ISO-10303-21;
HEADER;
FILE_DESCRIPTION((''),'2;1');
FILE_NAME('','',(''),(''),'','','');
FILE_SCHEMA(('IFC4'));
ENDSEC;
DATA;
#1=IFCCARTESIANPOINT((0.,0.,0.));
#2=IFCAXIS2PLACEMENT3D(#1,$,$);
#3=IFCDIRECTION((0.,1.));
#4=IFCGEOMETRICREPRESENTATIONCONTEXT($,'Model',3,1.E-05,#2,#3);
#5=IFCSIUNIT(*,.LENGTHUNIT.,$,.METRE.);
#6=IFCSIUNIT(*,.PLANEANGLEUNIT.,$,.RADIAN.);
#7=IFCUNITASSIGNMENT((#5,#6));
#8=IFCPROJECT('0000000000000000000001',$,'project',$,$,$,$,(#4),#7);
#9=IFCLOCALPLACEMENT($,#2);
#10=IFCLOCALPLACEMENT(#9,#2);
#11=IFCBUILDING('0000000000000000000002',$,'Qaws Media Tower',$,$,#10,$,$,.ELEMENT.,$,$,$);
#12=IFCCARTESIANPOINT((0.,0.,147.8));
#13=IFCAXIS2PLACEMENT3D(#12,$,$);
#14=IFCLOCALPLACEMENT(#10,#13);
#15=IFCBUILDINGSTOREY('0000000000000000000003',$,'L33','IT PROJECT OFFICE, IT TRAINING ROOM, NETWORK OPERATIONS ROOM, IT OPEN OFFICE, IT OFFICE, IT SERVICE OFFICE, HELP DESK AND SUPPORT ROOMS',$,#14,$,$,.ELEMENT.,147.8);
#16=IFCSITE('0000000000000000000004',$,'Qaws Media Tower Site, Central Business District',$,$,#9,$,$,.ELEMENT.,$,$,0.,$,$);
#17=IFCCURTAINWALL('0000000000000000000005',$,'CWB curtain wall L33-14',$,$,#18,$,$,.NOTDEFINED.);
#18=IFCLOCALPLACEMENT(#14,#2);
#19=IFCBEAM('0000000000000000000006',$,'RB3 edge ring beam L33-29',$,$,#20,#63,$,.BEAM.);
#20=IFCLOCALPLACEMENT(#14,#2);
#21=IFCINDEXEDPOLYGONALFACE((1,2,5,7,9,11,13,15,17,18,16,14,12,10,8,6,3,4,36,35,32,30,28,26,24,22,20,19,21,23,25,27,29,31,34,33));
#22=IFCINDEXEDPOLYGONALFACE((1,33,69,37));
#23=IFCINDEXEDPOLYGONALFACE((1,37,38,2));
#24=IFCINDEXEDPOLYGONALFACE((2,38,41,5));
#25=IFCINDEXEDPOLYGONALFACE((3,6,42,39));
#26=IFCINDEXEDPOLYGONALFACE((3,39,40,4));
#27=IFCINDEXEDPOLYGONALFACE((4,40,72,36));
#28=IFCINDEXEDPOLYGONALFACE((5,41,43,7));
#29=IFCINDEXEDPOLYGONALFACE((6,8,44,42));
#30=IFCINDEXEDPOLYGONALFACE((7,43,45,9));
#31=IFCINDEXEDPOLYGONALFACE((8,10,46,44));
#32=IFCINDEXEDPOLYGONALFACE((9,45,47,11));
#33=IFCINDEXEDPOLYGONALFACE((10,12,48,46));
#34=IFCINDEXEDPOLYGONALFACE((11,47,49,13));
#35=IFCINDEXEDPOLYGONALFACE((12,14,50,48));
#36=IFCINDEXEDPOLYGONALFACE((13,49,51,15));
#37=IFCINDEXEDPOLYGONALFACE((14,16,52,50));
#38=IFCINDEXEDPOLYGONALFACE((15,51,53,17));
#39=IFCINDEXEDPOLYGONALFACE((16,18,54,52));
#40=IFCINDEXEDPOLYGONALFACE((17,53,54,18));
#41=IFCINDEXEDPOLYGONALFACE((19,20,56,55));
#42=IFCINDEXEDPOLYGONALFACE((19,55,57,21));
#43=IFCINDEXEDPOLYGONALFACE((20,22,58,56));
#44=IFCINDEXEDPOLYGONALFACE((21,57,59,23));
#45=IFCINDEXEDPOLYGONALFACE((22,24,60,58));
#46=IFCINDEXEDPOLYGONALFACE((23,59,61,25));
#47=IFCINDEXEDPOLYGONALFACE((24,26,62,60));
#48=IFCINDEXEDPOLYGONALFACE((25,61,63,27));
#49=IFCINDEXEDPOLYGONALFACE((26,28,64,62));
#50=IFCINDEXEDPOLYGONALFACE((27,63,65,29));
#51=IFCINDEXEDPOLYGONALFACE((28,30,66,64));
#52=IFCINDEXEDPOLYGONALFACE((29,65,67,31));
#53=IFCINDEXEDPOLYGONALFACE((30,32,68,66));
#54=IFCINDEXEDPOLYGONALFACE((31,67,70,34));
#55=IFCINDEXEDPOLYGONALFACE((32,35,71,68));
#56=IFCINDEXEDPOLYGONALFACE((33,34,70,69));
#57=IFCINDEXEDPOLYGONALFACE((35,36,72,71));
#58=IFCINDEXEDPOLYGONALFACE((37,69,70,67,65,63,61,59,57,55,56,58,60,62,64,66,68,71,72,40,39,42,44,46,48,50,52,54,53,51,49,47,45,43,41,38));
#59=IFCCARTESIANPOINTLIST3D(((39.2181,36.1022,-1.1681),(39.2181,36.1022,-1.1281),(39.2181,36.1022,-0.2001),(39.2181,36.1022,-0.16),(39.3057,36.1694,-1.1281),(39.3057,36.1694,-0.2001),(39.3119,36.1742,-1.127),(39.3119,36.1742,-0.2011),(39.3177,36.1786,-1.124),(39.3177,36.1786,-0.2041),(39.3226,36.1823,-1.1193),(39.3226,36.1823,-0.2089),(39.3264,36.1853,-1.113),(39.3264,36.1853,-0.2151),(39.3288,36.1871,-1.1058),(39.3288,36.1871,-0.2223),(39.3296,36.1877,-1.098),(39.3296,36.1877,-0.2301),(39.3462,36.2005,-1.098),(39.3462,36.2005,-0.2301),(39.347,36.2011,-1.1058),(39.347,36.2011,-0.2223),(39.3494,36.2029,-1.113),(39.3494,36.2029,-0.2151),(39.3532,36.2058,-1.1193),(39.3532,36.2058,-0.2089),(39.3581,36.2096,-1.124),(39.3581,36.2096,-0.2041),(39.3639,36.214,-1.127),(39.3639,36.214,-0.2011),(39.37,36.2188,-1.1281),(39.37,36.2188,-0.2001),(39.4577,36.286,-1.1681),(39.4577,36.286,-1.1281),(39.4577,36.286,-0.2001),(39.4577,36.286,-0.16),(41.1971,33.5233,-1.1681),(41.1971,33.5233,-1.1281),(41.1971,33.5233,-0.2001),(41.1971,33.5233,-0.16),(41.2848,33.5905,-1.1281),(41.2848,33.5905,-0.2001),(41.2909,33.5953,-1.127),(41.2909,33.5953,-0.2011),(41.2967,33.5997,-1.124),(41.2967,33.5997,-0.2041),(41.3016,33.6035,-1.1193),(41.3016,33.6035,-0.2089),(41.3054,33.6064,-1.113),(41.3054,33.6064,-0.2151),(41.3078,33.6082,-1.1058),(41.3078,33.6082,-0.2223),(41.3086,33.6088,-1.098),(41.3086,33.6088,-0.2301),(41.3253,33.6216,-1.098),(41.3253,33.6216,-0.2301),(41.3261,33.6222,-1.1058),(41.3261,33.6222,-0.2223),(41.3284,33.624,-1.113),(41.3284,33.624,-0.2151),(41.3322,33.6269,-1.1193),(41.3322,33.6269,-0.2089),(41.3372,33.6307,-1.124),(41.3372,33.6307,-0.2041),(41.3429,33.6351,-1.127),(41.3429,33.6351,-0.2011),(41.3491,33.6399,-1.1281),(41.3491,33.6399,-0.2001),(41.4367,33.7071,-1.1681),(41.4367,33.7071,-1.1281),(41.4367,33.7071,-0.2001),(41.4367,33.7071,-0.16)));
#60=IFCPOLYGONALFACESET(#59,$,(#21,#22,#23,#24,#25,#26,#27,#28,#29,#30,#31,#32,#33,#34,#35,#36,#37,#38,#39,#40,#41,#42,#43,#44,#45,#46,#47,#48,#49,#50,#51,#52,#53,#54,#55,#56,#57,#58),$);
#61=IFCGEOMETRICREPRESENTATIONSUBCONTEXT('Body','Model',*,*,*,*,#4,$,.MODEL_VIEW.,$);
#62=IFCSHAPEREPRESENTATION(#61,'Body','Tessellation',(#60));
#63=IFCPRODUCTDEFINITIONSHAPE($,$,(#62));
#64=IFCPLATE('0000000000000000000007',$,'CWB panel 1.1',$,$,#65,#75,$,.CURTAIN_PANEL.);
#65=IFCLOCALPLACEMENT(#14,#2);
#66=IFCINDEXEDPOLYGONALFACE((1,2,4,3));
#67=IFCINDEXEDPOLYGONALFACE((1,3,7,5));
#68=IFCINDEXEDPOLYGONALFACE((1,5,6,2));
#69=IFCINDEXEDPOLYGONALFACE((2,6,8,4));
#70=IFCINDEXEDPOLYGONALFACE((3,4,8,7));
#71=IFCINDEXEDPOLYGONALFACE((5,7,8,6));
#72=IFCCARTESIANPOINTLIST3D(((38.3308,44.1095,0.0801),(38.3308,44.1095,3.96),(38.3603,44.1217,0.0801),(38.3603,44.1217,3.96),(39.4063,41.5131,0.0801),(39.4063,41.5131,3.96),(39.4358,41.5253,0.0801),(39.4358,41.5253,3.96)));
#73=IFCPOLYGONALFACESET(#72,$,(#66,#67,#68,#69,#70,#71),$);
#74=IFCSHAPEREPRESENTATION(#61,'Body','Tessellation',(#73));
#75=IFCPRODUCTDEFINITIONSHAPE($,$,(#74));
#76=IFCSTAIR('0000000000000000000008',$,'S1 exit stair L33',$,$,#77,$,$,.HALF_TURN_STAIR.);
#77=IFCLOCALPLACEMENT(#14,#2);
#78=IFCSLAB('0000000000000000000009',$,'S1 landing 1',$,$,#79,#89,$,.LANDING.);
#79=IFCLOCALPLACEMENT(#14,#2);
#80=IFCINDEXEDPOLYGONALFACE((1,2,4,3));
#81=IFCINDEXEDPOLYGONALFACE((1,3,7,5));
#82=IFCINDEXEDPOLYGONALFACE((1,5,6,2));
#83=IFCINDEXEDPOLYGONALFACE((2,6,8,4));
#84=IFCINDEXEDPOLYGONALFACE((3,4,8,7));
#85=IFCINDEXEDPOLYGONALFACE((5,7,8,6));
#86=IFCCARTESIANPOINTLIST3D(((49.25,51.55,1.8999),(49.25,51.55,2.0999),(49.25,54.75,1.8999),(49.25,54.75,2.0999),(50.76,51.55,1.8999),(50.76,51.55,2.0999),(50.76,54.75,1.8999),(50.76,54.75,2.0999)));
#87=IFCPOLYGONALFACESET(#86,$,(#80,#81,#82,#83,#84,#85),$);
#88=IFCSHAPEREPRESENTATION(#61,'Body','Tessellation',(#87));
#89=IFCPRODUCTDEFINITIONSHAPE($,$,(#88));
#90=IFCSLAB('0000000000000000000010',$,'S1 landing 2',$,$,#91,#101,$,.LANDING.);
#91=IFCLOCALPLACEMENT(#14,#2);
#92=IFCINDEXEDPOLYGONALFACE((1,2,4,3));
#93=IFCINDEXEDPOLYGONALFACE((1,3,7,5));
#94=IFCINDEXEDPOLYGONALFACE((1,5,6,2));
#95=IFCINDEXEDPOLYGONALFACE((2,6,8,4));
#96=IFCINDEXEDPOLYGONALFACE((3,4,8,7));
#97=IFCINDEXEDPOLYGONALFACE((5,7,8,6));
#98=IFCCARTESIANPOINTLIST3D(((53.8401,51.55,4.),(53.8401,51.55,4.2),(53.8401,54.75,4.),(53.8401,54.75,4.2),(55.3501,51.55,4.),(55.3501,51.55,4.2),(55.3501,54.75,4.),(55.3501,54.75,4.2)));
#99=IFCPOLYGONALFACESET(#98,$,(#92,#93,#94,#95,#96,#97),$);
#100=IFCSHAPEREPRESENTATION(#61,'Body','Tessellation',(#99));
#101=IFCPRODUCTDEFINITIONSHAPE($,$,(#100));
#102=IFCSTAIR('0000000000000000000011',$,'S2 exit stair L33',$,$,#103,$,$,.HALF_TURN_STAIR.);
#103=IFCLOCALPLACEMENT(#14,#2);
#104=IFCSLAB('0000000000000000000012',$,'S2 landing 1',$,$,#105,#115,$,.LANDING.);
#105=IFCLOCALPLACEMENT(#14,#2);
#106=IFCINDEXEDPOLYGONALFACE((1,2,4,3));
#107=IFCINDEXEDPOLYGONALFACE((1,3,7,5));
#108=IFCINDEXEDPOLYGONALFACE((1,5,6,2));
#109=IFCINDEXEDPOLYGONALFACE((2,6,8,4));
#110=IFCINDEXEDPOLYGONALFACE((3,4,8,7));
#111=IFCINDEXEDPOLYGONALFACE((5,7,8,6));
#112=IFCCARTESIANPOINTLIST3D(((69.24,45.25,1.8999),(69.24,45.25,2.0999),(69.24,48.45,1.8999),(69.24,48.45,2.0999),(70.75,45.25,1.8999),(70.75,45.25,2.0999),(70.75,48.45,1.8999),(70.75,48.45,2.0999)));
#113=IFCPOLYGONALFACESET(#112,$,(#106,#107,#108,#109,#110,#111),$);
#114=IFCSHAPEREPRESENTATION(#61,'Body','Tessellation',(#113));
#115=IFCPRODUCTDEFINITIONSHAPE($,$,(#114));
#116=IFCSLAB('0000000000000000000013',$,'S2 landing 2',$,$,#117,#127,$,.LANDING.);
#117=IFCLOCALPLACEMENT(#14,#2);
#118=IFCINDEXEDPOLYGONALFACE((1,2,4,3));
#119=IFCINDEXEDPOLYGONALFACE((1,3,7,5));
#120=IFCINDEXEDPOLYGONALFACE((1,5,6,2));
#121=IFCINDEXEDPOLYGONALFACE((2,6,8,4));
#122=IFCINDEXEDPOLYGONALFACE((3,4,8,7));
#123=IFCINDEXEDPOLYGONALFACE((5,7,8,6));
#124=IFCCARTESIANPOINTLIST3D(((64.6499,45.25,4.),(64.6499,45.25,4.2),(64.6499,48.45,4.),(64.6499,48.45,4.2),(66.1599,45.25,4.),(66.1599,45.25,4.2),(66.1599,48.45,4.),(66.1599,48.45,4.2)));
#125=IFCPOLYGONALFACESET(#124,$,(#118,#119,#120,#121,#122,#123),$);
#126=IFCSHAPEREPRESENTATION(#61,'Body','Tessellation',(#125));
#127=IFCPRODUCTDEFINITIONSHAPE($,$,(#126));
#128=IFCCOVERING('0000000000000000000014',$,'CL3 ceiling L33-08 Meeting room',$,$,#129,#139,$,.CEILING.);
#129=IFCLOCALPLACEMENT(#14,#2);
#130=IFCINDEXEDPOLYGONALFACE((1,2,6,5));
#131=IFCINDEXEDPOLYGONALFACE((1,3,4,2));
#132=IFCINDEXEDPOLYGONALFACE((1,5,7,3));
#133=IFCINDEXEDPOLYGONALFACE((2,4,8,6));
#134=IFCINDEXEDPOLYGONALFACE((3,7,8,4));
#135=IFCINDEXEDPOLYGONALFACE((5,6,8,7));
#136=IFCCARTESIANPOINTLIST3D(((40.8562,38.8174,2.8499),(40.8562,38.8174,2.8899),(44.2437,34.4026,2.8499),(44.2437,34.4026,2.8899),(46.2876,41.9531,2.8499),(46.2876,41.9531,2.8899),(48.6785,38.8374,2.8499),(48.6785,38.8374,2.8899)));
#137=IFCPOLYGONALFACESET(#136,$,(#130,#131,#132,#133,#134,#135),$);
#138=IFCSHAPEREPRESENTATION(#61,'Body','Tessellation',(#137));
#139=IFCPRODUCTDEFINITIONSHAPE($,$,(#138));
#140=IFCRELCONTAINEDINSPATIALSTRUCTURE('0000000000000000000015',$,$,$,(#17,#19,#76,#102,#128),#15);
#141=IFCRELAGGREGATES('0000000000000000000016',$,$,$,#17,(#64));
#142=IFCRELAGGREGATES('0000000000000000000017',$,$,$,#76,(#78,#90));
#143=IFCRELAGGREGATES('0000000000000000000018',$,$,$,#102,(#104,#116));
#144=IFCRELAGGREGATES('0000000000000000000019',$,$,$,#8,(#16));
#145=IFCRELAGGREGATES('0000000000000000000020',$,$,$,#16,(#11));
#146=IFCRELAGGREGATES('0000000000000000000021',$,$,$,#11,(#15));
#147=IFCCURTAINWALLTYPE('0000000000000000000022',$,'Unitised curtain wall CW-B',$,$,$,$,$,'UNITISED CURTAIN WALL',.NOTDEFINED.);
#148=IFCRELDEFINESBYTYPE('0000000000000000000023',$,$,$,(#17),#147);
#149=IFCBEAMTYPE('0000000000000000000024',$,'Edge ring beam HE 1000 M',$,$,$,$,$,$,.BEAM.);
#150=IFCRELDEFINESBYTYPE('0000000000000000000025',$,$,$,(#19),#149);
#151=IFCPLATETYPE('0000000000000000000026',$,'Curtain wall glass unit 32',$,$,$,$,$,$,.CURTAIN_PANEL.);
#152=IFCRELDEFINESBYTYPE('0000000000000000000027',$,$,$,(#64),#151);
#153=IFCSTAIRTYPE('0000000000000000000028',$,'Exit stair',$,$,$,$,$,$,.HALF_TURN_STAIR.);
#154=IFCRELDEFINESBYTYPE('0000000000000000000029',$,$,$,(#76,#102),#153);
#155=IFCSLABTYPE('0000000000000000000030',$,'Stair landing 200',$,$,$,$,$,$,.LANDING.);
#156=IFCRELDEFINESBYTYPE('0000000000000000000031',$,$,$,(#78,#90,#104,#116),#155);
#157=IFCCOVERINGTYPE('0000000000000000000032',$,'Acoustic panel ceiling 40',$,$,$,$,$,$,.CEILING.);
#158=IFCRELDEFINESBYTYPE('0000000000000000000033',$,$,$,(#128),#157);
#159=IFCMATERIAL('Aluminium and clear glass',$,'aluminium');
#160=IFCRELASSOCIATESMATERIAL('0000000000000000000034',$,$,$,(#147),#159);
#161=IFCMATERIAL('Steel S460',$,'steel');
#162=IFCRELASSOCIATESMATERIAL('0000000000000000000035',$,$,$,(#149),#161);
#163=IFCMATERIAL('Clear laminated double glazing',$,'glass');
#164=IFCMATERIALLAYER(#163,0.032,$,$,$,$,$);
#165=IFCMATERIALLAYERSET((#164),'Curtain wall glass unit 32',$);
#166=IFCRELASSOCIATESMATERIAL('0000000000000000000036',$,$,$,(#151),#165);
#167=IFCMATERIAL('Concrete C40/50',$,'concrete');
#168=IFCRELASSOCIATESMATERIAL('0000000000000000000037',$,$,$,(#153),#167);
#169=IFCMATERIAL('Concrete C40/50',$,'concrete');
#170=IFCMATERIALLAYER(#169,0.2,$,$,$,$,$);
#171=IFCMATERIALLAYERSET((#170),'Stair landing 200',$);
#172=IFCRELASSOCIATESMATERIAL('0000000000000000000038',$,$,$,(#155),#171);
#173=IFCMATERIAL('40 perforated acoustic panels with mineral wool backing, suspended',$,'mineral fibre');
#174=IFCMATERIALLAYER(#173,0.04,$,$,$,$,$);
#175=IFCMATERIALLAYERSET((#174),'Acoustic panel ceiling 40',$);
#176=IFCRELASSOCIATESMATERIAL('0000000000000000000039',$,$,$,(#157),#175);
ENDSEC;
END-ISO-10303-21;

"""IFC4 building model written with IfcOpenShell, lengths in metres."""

from ifc_helpers import new_model, si_unit, direction, frame, origin, origin_2d, place, context, subcontext, project, spatial, polyline, rectangle, i_section, outline, extrude, material, layer, layer_set, material_profile, profile_set, type_object, element, aggregate, save


model = new_model("IFC4")

# Units and contexts
model_context = context("Model", 3, precision=1e-05, world=origin(), true_north=direction((0.0, 1.0)))
body_context = subcontext(model_context, "Body", "Model", "MODEL_VIEW")
ifc_project = project(units=[si_unit("LENGTHUNIT", "METRE"), si_unit("PLANEANGLEUNIT", "RADIAN")], contexts=[model_context])

# Site, building, storey
site_placement = place(None, origin())
site = spatial("IfcSite", under=ifc_project, at=site_placement, Name="Qaws Media Tower Site, Central Business District", CompositionType="ELEMENT", RefElevation=0.0)
building_placement = place(site_placement, origin())
building = spatial("IfcBuilding", under=site, at=building_placement, Name="Qaws Media Tower", CompositionType="ELEMENT")
storey_placement = place(building_placement, frame((0.0, 0.0, 147.8)))
storey = spatial("IfcBuildingStorey", under=building, at=storey_placement, Name="L33", Description="IT PROJECT OFFICE, IT TRAINING ROOM, NETWORK OPERATIONS ROOM, IT OPEN OFFICE, IT OFFICE, IT SERVICE OFFICE, HELP DESK AND SUPPORT ROOMS", CompositionType="ELEMENT", Elevation=147.8)

# Curtain wall
ifc_material_1 = material(Name="Aluminium and clear glass", Category="aluminium")
curtain_wall_type = type_object("IfcCurtainWallType", Name="Unitised curtain wall CW-B", ElementType="UNITISED CURTAIN WALL", PredefinedType="NOTDEFINED", material=ifc_material_1)
curtain_wall_placement = place(storey_placement, origin())
curtain_wall = element("IfcCurtainWall", 1, at=curtain_wall_placement, inside=storey, type_object=curtain_wall_type, Name="CWB curtain wall L33-14", PredefinedType="NOTDEFINED")

# Beam
ifc_material_2 = material(Name="Steel S460", Category="steel")
ifc_material_profile_1 = material_profile(ifc_material_2, i_section(OverallWidth=0.302, OverallDepth=1.0081, WebThickness=0.021, FlangeThickness=0.04, FilletRadius=0.03, at=origin_2d()), Name="HE 1000 M")
ifc_profile_set_1 = profile_set([ifc_material_profile_1], Name="Steel S460")
beam_type = type_object("IfcBeamType", Name="Edge ring beam HE 1000 M", PredefinedType="BEAM", material=ifc_profile_set_1)
beam_placement = place(storey_placement, frame((39.3379, 36.1941, -0.6641), z_axis=(0.608796, -0.793327, 0.0), x_axis=(0.793327, 0.608796, 0.0)))
element("IfcBeam", 2, at=beam_placement, inside=storey, type_object=beam_type, Name="RB3 edge ring beam L33-29", PredefinedType="BEAM", context=body_context, shape_type="SweptSolid", body=[
    extrude(i_section(OverallWidth=0.302, OverallDepth=1.0081, WebThickness=0.021, FlangeThickness=0.04, FilletRadius=0.03, at=origin_2d()), origin(), (0.0, 0.0, 1.0), 3.2507),
])

# Plate
ifc_material_3 = material(Name="Clear laminated double glazing", Category="glass")
ifc_layer_1 = layer(ifc_material_3, 0.032)
ifc_layer_set_1 = layer_set([ifc_layer_1], Name="Curtain wall glass unit 32")
plate_type = type_object("IfcPlateType", Name="Curtain wall glass unit 32", PredefinedType="CURTAIN_PANEL", material=ifc_layer_set_1)
plate_placement = place(storey_placement, frame((38.8833, 42.8174, 0.0801), z_axis=(0.0, 0.0, 1.0), x_axis=(0.382684, -0.923879, 0.0)))
plate = element("IfcPlate", 3, at=plate_placement, type_object=plate_type, Name="CWB panel 1.1", PredefinedType="CURTAIN_PANEL", context=body_context, shape_type="SweptSolid", body=[
    extrude(rectangle(XDim=2.8103, YDim=0.032, at=origin_2d()), origin(), (0.0, 0.0, 1.0), 3.8799),
])
aggregate(curtain_wall, [plate])

# Stairs, slabs
ifc_material_4 = material(Name="Concrete C40/50", Category="concrete")
stair_type = type_object("IfcStairType", Name="Exit stair", PredefinedType="HALF_TURN_STAIR", material=ifc_material_4)
stair_1_placement = place(storey_placement, origin())
stair_1 = element("IfcStair", 4, at=stair_1_placement, inside=storey, type_object=stair_type, Name="S1 exit stair L33", PredefinedType="HALF_TURN_STAIR")
ifc_material_5 = material(Name="Concrete C40/50", Category="concrete")
ifc_layer_2 = layer(ifc_material_5, 0.2)
ifc_layer_set_2 = layer_set([ifc_layer_2], Name="Stair landing 200")
slab_type = type_object("IfcSlabType", Name="Stair landing 200", PredefinedType="LANDING", material=ifc_layer_set_2)
slab_1_placement = place(storey_placement, frame((0.0, 0.0, 1.8999)))
slab_1 = element("IfcSlab", 5, at=slab_1_placement, type_object=slab_type, Name="S1 landing 1", PredefinedType="LANDING", context=body_context, shape_type="SweptSolid", body=[
    extrude(outline(polyline([(49.25, 51.55), (50.76, 51.55), (50.76, 54.75), (49.25, 54.75), (49.25, 51.55)])), origin(), (0.0, 0.0, 1.0), 0.2),
])
slab_2_placement = place(storey_placement, frame((0.0, 0.0, 4.0)))
slab_2 = element("IfcSlab", 6, at=slab_2_placement, type_object=slab_type, Name="S1 landing 2", PredefinedType="LANDING", context=body_context, shape_type="SweptSolid", body=[
    extrude(outline(polyline([(53.8401, 51.55), (55.3501, 51.55), (55.3501, 54.75), (53.8401, 54.75), (53.8401, 51.55)])), origin(), (0.0, 0.0, 1.0), 0.2),
])
aggregate(stair_1, [slab_1, slab_2])
stair_2_placement = place(storey_placement, origin())
stair_2 = element("IfcStair", 7, at=stair_2_placement, inside=storey, type_object=stair_type, Name="S2 exit stair L33", PredefinedType="HALF_TURN_STAIR")
slab_3_placement = place(storey_placement, frame((0.0, 0.0, 1.8999)))
slab_3 = element("IfcSlab", 8, at=slab_3_placement, type_object=slab_type, Name="S2 landing 1", PredefinedType="LANDING", context=body_context, shape_type="SweptSolid", body=[
    extrude(outline(polyline([(69.24, 45.25), (70.75, 45.25), (70.75, 48.45), (69.24, 48.45), (69.24, 45.25)])), origin(), (0.0, 0.0, 1.0), 0.2),
])
slab_4_placement = place(storey_placement, frame((0.0, 0.0, 4.0)))
slab_4 = element("IfcSlab", 9, at=slab_4_placement, type_object=slab_type, Name="S2 landing 2", PredefinedType="LANDING", context=body_context, shape_type="SweptSolid", body=[
    extrude(outline(polyline([(64.6499, 45.25), (66.1599, 45.25), (66.1599, 48.45), (64.6499, 48.45), (64.6499, 45.25)])), origin(), (0.0, 0.0, 1.0), 0.2),
])
aggregate(stair_2, [slab_3, slab_4])

# Covering
ifc_material_6 = material(Name="40 perforated acoustic panels with mineral wool backing, suspended", Category="mineral fibre")
ifc_layer_3 = layer(ifc_material_6, 0.04)
ifc_layer_set_3 = layer_set([ifc_layer_3], Name="Acoustic panel ceiling 40")
covering_type_1 = type_object("IfcCoveringType", Name="Acoustic panel ceiling 40", PredefinedType="CEILING", material=ifc_layer_set_3)
covering_1_placement = place(storey_placement, frame((0.0, 0.0, 2.8499)))
element("IfcCovering", 10, at=covering_1_placement, inside=storey, type_object=covering_type_1, Name="CL3 ceiling L33-08 Meeting room", PredefinedType="CEILING", context=body_context, shape_type="SweptSolid", body=[
    extrude(outline(polyline([(40.8562, 38.8174), (46.2876, 41.9531), (48.6785, 38.8374), (44.2437, 34.4026), (40.8562, 38.8174)])), origin(), (0.0, 0.0, 1.0), 0.04),
])

save(model, "model.ifc")
